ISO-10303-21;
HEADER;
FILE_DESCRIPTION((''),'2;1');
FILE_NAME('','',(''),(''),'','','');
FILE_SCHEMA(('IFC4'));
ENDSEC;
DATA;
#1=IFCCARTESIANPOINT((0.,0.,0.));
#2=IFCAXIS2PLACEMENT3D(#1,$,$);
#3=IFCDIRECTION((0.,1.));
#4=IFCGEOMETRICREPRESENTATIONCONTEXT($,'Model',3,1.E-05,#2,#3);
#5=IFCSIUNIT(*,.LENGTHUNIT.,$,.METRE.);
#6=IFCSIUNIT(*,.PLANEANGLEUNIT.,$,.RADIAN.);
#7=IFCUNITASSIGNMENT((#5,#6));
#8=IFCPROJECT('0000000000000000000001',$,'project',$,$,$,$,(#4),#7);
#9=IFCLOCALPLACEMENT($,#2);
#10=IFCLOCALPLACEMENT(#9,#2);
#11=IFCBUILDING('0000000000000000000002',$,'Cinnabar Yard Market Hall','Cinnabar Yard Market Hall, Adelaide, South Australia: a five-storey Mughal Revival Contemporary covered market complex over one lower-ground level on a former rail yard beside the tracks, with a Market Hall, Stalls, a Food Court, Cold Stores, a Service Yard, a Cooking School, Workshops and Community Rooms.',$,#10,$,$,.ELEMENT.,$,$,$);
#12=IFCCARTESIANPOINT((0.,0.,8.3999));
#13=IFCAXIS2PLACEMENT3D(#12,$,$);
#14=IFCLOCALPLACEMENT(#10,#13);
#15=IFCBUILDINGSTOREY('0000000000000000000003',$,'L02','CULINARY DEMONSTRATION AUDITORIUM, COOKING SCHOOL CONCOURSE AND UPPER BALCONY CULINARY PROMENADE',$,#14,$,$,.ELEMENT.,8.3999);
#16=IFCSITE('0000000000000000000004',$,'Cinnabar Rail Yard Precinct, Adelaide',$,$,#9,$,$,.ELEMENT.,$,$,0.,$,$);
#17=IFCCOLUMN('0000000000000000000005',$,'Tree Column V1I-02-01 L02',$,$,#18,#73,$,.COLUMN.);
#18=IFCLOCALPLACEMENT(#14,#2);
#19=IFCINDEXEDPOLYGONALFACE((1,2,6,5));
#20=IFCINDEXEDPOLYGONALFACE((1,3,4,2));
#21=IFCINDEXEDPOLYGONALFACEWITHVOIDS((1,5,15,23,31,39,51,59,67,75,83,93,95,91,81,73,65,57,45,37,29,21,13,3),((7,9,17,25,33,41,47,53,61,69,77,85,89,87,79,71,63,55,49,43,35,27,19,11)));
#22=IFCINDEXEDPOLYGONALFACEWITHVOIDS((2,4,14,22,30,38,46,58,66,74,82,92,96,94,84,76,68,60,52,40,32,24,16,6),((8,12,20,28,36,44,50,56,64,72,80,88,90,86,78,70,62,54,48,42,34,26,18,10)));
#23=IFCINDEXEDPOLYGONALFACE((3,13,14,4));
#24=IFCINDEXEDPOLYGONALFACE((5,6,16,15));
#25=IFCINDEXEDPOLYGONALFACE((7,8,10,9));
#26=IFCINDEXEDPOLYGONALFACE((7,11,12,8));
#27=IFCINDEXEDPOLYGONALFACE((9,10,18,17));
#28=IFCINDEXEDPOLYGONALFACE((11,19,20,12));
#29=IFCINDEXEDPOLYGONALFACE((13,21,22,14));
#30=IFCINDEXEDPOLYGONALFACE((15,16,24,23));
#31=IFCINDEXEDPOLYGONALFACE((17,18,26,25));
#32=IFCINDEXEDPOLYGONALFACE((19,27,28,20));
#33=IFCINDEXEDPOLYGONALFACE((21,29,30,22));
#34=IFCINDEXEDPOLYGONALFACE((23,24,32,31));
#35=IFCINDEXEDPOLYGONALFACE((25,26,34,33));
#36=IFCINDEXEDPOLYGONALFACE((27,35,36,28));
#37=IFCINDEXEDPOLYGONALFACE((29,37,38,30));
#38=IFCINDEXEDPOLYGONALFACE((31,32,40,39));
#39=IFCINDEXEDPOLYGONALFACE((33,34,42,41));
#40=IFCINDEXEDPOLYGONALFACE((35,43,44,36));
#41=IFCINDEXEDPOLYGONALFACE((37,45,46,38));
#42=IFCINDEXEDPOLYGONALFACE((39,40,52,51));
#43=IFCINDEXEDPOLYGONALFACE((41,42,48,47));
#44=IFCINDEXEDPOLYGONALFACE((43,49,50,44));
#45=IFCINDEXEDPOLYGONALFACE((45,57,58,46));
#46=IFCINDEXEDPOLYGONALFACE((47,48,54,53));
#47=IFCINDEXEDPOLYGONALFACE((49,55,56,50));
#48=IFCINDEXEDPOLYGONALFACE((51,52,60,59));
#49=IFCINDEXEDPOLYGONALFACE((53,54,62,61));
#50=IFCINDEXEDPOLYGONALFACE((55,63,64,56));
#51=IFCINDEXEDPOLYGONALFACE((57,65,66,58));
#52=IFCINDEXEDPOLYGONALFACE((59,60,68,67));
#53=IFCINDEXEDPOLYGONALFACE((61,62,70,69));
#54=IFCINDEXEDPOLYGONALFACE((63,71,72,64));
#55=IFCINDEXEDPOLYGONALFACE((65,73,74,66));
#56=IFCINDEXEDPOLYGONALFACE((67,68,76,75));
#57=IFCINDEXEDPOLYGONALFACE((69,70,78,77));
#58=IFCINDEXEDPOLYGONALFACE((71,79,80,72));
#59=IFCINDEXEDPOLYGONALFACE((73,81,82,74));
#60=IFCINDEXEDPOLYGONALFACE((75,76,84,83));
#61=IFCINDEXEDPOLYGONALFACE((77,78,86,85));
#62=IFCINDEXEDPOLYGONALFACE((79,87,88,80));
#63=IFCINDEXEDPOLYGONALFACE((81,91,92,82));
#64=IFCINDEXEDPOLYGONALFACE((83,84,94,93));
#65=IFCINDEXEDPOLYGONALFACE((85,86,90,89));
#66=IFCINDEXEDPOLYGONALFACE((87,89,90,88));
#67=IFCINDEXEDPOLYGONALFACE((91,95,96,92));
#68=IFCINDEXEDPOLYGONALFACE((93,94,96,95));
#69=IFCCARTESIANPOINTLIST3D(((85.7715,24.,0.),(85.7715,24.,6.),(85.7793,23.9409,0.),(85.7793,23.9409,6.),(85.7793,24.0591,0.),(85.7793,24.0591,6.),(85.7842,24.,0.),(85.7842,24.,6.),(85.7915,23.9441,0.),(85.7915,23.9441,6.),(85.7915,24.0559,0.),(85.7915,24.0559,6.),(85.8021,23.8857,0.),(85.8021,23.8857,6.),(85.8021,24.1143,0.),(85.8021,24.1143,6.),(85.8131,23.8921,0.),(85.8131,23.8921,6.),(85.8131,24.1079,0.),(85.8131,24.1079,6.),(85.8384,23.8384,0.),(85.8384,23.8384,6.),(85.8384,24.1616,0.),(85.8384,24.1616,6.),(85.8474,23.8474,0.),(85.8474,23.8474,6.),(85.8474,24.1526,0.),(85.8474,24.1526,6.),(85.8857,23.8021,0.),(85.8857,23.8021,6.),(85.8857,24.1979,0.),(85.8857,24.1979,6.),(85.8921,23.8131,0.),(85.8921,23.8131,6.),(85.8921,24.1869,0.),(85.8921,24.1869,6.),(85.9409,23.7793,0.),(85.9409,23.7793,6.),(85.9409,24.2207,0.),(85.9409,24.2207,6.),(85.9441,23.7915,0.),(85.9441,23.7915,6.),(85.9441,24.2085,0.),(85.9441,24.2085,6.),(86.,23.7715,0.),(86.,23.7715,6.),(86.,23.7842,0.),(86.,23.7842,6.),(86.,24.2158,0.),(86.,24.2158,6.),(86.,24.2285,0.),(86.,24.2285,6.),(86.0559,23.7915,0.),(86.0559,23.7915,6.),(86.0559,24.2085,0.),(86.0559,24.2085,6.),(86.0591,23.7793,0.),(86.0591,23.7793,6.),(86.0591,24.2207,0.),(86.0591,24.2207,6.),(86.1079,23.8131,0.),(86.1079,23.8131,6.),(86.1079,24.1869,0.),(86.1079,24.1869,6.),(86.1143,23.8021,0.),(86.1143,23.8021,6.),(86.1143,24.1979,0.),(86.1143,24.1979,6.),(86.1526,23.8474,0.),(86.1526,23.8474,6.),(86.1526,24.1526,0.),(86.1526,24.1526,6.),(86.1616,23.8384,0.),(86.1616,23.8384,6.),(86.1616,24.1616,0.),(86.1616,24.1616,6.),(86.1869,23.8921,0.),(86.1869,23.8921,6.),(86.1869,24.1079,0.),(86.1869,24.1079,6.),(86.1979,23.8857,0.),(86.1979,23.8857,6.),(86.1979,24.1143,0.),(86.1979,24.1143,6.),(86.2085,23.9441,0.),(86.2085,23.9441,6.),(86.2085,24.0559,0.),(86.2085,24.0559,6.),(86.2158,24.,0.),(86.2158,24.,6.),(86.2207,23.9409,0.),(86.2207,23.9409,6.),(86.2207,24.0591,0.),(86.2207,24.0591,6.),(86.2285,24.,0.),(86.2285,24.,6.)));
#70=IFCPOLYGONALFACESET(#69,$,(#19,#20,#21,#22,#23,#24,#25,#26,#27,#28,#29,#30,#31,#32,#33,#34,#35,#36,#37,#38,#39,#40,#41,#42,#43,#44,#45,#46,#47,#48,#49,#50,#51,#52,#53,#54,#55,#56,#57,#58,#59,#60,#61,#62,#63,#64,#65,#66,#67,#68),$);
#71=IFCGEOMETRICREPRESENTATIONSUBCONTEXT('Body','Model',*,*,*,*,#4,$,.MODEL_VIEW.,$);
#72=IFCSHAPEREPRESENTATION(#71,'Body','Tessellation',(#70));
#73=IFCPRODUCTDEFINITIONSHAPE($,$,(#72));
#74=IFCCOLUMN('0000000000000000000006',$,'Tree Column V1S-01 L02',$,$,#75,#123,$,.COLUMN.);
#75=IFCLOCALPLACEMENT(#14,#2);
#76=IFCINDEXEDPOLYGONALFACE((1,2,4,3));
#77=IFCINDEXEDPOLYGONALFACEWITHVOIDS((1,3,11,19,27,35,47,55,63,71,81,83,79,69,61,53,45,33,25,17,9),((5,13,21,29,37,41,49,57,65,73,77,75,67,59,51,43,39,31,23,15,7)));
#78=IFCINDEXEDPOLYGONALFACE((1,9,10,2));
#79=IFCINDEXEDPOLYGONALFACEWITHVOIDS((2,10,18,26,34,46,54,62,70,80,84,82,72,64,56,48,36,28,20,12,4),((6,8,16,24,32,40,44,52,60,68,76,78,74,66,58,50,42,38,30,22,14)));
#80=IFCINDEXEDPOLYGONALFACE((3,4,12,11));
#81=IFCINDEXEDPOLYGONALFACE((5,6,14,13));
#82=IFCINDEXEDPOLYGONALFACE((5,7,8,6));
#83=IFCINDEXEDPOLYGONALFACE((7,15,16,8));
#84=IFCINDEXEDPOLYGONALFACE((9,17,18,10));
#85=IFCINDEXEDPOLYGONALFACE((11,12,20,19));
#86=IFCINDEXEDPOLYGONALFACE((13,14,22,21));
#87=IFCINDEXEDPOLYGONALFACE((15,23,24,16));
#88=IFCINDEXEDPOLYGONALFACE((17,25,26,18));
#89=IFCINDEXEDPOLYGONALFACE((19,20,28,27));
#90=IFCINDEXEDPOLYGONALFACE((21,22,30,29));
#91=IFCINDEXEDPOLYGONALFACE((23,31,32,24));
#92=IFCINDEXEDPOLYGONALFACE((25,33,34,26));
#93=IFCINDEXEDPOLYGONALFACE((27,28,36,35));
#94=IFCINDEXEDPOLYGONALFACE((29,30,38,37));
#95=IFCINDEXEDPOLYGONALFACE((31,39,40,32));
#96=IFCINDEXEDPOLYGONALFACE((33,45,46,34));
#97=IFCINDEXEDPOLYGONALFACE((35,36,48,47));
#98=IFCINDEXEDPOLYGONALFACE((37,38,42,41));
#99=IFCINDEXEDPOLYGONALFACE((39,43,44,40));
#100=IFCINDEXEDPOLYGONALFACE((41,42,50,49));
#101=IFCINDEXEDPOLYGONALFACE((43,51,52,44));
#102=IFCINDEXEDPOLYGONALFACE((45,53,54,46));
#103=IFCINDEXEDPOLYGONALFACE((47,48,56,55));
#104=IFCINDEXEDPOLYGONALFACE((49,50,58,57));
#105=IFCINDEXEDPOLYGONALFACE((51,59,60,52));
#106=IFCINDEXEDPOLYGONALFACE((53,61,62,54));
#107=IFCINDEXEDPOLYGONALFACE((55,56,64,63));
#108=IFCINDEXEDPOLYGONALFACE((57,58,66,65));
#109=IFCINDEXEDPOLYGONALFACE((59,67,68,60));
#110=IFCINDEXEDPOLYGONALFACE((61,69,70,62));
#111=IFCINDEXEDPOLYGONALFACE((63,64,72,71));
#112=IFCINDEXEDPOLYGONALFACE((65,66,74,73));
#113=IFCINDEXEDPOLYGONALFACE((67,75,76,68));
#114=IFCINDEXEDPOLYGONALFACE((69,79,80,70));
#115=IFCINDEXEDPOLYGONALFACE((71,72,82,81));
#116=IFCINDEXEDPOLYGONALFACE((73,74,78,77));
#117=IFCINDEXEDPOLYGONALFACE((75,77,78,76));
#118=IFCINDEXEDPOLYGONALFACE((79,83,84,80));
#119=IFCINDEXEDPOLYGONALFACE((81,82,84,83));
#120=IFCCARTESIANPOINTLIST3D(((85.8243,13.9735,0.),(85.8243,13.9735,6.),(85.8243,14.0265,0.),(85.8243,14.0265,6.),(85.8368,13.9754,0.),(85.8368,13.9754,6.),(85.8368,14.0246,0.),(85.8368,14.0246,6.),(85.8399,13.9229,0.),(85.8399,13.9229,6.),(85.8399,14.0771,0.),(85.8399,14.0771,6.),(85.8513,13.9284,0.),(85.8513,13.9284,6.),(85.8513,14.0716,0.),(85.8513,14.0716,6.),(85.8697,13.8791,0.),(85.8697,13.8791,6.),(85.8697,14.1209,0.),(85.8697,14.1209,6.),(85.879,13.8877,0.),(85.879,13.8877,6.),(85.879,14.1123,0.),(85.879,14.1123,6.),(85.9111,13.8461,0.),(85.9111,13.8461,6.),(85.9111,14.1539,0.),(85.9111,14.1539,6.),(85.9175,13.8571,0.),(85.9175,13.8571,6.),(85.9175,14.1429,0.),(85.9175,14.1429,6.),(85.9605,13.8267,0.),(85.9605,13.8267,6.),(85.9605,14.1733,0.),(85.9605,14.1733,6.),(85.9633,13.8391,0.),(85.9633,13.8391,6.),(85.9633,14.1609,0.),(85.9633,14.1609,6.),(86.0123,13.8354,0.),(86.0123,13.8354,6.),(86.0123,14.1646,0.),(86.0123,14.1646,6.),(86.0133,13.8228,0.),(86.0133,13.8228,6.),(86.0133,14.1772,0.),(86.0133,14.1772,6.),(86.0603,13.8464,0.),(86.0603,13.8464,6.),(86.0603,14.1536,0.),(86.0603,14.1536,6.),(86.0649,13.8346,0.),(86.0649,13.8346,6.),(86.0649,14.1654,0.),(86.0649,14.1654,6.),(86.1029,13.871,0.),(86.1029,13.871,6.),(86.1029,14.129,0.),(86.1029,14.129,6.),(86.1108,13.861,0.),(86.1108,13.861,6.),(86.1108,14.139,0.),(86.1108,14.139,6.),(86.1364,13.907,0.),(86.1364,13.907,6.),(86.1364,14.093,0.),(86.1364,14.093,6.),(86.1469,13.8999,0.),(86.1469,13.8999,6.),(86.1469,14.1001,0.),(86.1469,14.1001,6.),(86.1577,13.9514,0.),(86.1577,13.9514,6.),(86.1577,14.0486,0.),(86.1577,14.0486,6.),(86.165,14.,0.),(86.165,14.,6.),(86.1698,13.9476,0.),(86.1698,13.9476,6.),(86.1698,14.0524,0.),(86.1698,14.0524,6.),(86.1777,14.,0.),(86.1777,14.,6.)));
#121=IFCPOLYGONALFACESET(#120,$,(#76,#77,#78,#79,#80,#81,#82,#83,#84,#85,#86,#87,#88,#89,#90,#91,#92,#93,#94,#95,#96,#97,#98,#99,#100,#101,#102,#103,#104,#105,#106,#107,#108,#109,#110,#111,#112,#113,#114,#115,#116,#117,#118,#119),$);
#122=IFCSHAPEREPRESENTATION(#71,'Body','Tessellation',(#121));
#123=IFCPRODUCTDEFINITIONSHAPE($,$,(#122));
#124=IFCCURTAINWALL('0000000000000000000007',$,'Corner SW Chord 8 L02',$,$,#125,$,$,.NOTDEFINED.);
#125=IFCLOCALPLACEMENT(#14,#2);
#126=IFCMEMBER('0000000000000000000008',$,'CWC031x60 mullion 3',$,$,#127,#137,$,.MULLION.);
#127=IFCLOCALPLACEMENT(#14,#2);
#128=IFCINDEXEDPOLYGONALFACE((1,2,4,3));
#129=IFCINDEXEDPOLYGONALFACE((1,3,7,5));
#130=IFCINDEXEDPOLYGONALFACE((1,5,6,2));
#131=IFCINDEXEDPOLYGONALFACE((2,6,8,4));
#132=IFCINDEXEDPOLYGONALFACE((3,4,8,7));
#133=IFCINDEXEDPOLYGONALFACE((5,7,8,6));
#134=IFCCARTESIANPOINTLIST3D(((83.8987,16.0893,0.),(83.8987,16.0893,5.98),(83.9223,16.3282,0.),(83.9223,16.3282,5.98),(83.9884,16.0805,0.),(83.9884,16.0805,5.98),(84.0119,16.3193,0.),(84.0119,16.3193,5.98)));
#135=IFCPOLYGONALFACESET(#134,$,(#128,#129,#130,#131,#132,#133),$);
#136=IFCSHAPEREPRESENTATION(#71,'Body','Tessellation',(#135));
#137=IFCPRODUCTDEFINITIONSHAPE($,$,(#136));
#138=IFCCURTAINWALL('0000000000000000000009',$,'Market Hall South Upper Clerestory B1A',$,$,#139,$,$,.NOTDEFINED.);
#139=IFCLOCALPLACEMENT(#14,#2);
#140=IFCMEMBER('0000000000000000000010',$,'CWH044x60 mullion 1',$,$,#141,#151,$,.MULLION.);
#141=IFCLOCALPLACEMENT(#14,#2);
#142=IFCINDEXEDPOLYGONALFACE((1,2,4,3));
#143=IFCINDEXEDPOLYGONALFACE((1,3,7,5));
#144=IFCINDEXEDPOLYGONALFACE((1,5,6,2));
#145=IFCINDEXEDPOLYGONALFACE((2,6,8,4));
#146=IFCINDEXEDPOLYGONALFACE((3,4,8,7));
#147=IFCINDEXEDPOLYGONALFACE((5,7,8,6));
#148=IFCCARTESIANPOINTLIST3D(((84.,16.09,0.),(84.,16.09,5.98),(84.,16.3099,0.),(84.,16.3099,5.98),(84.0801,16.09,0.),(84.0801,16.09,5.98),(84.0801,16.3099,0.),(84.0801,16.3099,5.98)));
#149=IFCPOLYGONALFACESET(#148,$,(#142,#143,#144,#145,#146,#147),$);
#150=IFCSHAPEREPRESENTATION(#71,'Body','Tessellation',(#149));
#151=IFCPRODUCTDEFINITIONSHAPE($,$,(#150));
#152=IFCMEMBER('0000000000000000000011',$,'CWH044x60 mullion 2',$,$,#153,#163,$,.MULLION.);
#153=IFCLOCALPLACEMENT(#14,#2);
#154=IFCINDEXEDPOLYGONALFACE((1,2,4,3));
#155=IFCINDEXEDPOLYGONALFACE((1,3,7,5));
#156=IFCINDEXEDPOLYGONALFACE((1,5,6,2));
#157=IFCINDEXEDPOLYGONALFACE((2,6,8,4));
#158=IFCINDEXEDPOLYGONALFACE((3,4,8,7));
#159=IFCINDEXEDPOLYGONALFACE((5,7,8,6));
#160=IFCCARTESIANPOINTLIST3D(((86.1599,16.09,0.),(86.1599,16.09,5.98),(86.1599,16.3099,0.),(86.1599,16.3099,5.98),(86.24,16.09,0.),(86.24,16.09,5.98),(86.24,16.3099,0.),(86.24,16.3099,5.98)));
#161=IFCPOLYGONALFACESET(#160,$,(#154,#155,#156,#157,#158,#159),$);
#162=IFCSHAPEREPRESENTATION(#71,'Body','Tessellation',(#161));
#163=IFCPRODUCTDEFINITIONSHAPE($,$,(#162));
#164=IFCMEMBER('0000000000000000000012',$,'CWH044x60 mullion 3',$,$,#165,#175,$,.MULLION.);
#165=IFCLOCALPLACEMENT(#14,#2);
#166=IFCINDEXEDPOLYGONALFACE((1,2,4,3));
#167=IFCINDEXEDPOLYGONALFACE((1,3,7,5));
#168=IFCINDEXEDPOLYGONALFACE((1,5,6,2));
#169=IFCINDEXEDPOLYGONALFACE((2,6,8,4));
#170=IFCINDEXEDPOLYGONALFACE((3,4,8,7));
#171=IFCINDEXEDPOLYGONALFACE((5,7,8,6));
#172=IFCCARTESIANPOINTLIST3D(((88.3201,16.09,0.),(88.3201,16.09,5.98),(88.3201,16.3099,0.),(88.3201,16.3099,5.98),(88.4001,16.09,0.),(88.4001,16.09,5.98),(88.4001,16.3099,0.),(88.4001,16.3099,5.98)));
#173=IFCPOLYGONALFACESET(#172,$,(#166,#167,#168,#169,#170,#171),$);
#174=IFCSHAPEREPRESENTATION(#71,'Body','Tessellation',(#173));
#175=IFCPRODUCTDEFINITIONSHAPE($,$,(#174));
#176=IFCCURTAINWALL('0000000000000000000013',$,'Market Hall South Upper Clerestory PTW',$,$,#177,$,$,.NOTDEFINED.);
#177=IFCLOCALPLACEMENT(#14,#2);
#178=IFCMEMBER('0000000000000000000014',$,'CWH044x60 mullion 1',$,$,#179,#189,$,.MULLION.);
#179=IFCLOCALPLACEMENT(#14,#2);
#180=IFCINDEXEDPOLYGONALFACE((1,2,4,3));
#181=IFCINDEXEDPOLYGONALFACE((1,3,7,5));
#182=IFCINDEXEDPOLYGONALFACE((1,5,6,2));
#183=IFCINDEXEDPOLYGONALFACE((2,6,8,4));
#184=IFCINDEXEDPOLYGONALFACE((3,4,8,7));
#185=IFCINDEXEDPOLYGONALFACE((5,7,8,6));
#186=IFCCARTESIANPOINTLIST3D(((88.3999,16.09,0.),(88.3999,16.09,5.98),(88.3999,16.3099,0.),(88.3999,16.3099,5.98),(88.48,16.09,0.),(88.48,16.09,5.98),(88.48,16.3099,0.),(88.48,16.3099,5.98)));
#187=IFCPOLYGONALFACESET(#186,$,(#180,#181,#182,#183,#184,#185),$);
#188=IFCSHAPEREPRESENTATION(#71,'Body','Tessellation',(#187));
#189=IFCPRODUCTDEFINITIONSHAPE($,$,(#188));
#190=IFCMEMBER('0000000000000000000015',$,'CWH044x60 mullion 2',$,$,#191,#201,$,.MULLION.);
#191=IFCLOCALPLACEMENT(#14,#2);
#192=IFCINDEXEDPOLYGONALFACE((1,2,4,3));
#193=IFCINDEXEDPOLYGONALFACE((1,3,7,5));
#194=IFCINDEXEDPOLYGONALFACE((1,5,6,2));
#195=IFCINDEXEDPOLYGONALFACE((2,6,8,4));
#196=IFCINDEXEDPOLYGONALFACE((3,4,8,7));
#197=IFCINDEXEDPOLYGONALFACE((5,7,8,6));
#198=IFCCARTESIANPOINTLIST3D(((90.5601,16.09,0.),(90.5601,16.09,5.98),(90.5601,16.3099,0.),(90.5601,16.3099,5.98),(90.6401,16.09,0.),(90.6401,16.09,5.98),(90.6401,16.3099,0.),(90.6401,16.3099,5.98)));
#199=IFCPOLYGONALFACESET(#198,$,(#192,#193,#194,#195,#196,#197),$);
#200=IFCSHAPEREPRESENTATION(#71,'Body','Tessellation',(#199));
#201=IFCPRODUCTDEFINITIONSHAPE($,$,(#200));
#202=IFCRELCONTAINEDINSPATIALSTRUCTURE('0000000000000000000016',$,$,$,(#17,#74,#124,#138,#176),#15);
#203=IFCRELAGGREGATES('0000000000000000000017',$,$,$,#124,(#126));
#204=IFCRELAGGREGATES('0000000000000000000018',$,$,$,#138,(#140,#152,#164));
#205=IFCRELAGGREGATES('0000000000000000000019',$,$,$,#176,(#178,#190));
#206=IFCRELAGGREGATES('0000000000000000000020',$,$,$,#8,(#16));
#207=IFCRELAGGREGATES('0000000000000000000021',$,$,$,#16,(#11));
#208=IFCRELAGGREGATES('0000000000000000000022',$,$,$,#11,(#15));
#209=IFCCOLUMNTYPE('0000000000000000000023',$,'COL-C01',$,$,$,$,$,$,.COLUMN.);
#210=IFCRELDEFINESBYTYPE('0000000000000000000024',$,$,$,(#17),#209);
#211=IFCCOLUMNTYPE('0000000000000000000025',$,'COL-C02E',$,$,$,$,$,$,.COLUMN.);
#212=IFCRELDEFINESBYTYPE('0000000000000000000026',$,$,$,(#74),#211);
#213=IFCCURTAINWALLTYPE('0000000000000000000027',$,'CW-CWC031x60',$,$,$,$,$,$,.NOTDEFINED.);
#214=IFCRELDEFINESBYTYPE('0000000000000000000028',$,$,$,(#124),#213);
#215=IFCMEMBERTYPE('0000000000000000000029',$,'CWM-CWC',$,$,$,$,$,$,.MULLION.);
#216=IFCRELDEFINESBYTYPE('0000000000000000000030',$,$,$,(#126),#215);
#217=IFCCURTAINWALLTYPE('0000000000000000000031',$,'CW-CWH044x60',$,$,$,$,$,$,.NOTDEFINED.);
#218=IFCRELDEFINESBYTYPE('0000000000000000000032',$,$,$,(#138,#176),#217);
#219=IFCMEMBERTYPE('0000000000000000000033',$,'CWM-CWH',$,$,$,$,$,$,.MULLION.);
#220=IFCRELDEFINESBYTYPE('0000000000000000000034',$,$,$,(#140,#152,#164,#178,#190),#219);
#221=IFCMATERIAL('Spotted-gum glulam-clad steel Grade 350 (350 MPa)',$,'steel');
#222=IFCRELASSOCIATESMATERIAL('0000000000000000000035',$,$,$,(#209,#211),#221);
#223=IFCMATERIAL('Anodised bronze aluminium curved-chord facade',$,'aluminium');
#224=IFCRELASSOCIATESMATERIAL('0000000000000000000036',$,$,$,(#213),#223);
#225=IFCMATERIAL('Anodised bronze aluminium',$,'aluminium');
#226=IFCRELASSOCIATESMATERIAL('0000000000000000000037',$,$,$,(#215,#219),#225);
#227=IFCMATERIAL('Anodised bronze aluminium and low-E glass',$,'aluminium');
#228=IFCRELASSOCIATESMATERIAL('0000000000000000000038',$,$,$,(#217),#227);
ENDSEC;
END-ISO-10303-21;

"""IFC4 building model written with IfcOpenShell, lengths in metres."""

from ifc_helpers import new_model, si_unit, direction, frame, origin, origin_2d_with_axis, place, context, subcontext, project, spatial, rectangle, hollow_circle, extrude, material, material_profile, profile_set, type_object, element, aggregate, save


model = new_model("IFC4")

# Units and contexts
model_context = context("Model", 3, precision=1e-05, world=origin(), true_north=direction((0.0, 1.0)))
body_context = subcontext(model_context, "Body", "Model", "MODEL_VIEW")
ifc_project = project(units=[si_unit("LENGTHUNIT", "METRE"), si_unit("PLANEANGLEUNIT", "RADIAN")], contexts=[model_context])

# Site, building, storey
site_placement = place(None, origin())
site = spatial("IfcSite", under=ifc_project, at=site_placement, Name="Cinnabar Rail Yard Precinct, Adelaide", CompositionType="ELEMENT", RefElevation=0.0)
building_placement = place(site_placement, origin())
building = spatial("IfcBuilding", under=site, at=building_placement, Name="Cinnabar Yard Market Hall", Description="Cinnabar Yard Market Hall, Adelaide, South Australia: a five-storey Mughal Revival Contemporary covered market complex over one lower-ground level on a former rail yard beside the tracks, with a Market Hall, Stalls, a Food Court, Cold Stores, a Service Yard, a Cooking School, Workshops and Community Rooms.", CompositionType="ELEMENT")
storey_placement = place(building_placement, frame((0.0, 0.0, 8.3999)))
storey = spatial("IfcBuildingStorey", under=building, at=storey_placement, Name="L02", Description="CULINARY DEMONSTRATION AUDITORIUM, COOKING SCHOOL CONCOURSE AND UPPER BALCONY CULINARY PROMENADE", CompositionType="ELEMENT", Elevation=8.3999)

# Columns
ifc_material_1 = material(Name="Spotted-gum glulam-clad steel Grade 350 (350 MPa)", Category="steel")
ifc_material_profile_1 = material_profile(ifc_material_1, hollow_circle(Radius=0.2285, WallThickness=0.0127, at=origin_2d_with_axis()), Name="457.0x12.7CHS")
ifc_profile_set_1 = profile_set([ifc_material_profile_1], Name="Spotted-gum glulam-clad steel Grade 350 (350 MPa)")
column_type_1 = type_object("IfcColumnType", Name="COL-C01", PredefinedType="COLUMN", material=ifc_profile_set_1)
column_1_placement = place(storey_placement, frame((86.0, 24.0, 0.0), z_axis=(0.0, 0.0, 1.0), x_axis=(1.0, 0.0, 0.0)))
element("IfcColumn", 1, at=column_1_placement, inside=storey, type_object=column_type_1, Name="Tree Column V1I-02-01 L02", PredefinedType="COLUMN", context=body_context, shape_type="SweptSolid", body=[
    extrude(hollow_circle(Radius=0.2285, WallThickness=0.0127, at=origin_2d_with_axis()), origin(), (0.0, 0.0, 1.0), 6.0),
])
ifc_material_profile_2 = material_profile(ifc_material_1, hollow_circle(Radius=0.1777, WallThickness=0.0127, at=origin_2d_with_axis()), Name="355.6x12.7CHS")
ifc_profile_set_2 = profile_set([ifc_material_profile_2], Name="Spotted-gum glulam-clad steel Grade 350 (350 MPa)")
column_type_2 = type_object("IfcColumnType", Name="COL-C02E", PredefinedType="COLUMN", material=ifc_profile_set_2)
column_2_placement = place(storey_placement, frame((86.0, 14.0, 0.0), z_axis=(0.0, 0.0, 1.0), x_axis=(1.0, 0.0, 0.0)))
element("IfcColumn", 2, at=column_2_placement, inside=storey, type_object=column_type_2, Name="Tree Column V1S-01 L02", PredefinedType="COLUMN", context=body_context, shape_type="SweptSolid", body=[
    extrude(hollow_circle(Radius=0.1777, WallThickness=0.0127, at=origin_2d_with_axis()), origin(), (0.0, 0.0, 1.0), 6.0),
])

# Curtain wall, member
ifc_material_2 = material(Name="Anodised bronze aluminium curved-chord facade", Category="aluminium")
curtain_wall_type_1 = type_object("IfcCurtainWallType", Name="CW-CWC031x60", PredefinedType="NOTDEFINED", material=ifc_material_2)
curtain_wall_1_placement = place(storey_placement, origin())
curtain_wall_1 = element("IfcCurtainWall", 3, at=curtain_wall_1_placement, inside=storey, type_object=curtain_wall_type_1, Name="Corner SW Chord 8 L02", PredefinedType="NOTDEFINED")
ifc_material_3 = material(Name="Anodised bronze aluminium", Category="aluminium")
ifc_material_profile_3 = material_profile(ifc_material_3, rectangle(XDim=0.24, YDim=0.0901, at=origin_2d_with_axis()), Name="MUL-CWC")
ifc_profile_set_3 = profile_set([ifc_material_profile_3], Name="Anodised bronze aluminium")
member_type_1 = type_object("IfcMemberType", Name="CWM-CWC", PredefinedType="MULLION", material=ifc_profile_set_3)
member_1_placement = place(storey_placement, frame((83.9553, 16.2043, 0.0), z_axis=(0.0, 0.0, 1.0), x_axis=(0.09802, 0.995184, 0.0)))
member_1 = element("IfcMember", 4, at=member_1_placement, type_object=member_type_1, Name="CWC031x60 mullion 3", PredefinedType="MULLION", context=body_context, shape_type="SweptSolid", body=[
    extrude(rectangle(XDim=0.24, YDim=0.0901, at=origin_2d_with_axis()), origin(), (0.0, 0.0, 1.0), 5.98),
])
aggregate(curtain_wall_1, [member_1])

# Curtain walls, members
ifc_material_4 = material(Name="Anodised bronze aluminium and low-E glass", Category="aluminium")
curtain_wall_type_2 = type_object("IfcCurtainWallType", Name="CW-CWH044x60", PredefinedType="NOTDEFINED", material=ifc_material_4)
curtain_wall_2_placement = place(storey_placement, origin())
curtain_wall_2 = element("IfcCurtainWall", 5, at=curtain_wall_2_placement, inside=storey, type_object=curtain_wall_type_2, Name="Market Hall South Upper Clerestory B1A", PredefinedType="NOTDEFINED")
ifc_material_profile_4 = material_profile(ifc_material_3, rectangle(XDim=0.22, YDim=0.0801, at=origin_2d_with_axis()), Name="MUL-CWH")
ifc_profile_set_4 = profile_set([ifc_material_profile_4], Name="Anodised bronze aluminium")
member_type_2 = type_object("IfcMemberType", Name="CWM-CWH", PredefinedType="MULLION", material=ifc_profile_set_4)
member_2_placement = place(storey_placement, frame((84.04, 16.2, 0.0), z_axis=(0.0, 0.0, 1.0), x_axis=(0.0, 1.0, 0.0)))
member_2 = element("IfcMember", 6, at=member_2_placement, type_object=member_type_2, Name="CWH044x60 mullion 1", PredefinedType="MULLION", context=body_context, shape_type="SweptSolid", body=[
    extrude(rectangle(XDim=0.22, YDim=0.0801, at=origin_2d_with_axis()), origin(), (0.0, 0.0, 1.0), 5.98),
])
member_3_placement = place(storey_placement, frame((86.2, 16.2, 0.0), z_axis=(0.0, 0.0, 1.0), x_axis=(0.0, 1.0, 0.0)))
member_3 = element("IfcMember", 7, at=member_3_placement, type_object=member_type_2, Name="CWH044x60 mullion 2", PredefinedType="MULLION", context=body_context, shape_type="SweptSolid", body=[
    extrude(rectangle(XDim=0.22, YDim=0.0801, at=origin_2d_with_axis()), origin(), (0.0, 0.0, 1.0), 5.98),
])
member_4_placement = place(storey_placement, frame((88.3601, 16.2, 0.0), z_axis=(0.0, 0.0, 1.0), x_axis=(0.0, 1.0, 0.0)))
member_4 = element("IfcMember", 8, at=member_4_placement, type_object=member_type_2, Name="CWH044x60 mullion 3", PredefinedType="MULLION", context=body_context, shape_type="SweptSolid", body=[
    extrude(rectangle(XDim=0.22, YDim=0.0801, at=origin_2d_with_axis()), origin(), (0.0, 0.0, 1.0), 5.98),
])
curtain_wall_3_placement = place(storey_placement, origin())
curtain_wall_3 = element("IfcCurtainWall", 9, at=curtain_wall_3_placement, inside=storey, type_object=curtain_wall_type_2, Name="Market Hall South Upper Clerestory PTW", PredefinedType="NOTDEFINED")
member_5_placement = place(storey_placement, frame((88.4399, 16.2, 0.0), z_axis=(0.0, 0.0, 1.0), x_axis=(0.0, 1.0, 0.0)))
member_5 = element("IfcMember", 10, at=member_5_placement, type_object=member_type_2, Name="CWH044x60 mullion 1", PredefinedType="MULLION", context=body_context, shape_type="SweptSolid", body=[
    extrude(rectangle(XDim=0.22, YDim=0.0801, at=origin_2d_with_axis()), origin(), (0.0, 0.0, 1.0), 5.98),
])
member_6_placement = place(storey_placement, frame((90.6001, 16.2, 0.0), z_axis=(0.0, 0.0, 1.0), x_axis=(0.0, 1.0, 0.0)))
member_6 = element("IfcMember", 11, at=member_6_placement, type_object=member_type_2, Name="CWH044x60 mullion 2", PredefinedType="MULLION", context=body_context, shape_type="SweptSolid", body=[
    extrude(rectangle(XDim=0.22, YDim=0.0801, at=origin_2d_with_axis()), origin(), (0.0, 0.0, 1.0), 5.98),
])

aggregate(curtain_wall_2, [member_2, member_3, member_4])
aggregate(curtain_wall_3, [member_5, member_6])

save(model, "model.ifc")
